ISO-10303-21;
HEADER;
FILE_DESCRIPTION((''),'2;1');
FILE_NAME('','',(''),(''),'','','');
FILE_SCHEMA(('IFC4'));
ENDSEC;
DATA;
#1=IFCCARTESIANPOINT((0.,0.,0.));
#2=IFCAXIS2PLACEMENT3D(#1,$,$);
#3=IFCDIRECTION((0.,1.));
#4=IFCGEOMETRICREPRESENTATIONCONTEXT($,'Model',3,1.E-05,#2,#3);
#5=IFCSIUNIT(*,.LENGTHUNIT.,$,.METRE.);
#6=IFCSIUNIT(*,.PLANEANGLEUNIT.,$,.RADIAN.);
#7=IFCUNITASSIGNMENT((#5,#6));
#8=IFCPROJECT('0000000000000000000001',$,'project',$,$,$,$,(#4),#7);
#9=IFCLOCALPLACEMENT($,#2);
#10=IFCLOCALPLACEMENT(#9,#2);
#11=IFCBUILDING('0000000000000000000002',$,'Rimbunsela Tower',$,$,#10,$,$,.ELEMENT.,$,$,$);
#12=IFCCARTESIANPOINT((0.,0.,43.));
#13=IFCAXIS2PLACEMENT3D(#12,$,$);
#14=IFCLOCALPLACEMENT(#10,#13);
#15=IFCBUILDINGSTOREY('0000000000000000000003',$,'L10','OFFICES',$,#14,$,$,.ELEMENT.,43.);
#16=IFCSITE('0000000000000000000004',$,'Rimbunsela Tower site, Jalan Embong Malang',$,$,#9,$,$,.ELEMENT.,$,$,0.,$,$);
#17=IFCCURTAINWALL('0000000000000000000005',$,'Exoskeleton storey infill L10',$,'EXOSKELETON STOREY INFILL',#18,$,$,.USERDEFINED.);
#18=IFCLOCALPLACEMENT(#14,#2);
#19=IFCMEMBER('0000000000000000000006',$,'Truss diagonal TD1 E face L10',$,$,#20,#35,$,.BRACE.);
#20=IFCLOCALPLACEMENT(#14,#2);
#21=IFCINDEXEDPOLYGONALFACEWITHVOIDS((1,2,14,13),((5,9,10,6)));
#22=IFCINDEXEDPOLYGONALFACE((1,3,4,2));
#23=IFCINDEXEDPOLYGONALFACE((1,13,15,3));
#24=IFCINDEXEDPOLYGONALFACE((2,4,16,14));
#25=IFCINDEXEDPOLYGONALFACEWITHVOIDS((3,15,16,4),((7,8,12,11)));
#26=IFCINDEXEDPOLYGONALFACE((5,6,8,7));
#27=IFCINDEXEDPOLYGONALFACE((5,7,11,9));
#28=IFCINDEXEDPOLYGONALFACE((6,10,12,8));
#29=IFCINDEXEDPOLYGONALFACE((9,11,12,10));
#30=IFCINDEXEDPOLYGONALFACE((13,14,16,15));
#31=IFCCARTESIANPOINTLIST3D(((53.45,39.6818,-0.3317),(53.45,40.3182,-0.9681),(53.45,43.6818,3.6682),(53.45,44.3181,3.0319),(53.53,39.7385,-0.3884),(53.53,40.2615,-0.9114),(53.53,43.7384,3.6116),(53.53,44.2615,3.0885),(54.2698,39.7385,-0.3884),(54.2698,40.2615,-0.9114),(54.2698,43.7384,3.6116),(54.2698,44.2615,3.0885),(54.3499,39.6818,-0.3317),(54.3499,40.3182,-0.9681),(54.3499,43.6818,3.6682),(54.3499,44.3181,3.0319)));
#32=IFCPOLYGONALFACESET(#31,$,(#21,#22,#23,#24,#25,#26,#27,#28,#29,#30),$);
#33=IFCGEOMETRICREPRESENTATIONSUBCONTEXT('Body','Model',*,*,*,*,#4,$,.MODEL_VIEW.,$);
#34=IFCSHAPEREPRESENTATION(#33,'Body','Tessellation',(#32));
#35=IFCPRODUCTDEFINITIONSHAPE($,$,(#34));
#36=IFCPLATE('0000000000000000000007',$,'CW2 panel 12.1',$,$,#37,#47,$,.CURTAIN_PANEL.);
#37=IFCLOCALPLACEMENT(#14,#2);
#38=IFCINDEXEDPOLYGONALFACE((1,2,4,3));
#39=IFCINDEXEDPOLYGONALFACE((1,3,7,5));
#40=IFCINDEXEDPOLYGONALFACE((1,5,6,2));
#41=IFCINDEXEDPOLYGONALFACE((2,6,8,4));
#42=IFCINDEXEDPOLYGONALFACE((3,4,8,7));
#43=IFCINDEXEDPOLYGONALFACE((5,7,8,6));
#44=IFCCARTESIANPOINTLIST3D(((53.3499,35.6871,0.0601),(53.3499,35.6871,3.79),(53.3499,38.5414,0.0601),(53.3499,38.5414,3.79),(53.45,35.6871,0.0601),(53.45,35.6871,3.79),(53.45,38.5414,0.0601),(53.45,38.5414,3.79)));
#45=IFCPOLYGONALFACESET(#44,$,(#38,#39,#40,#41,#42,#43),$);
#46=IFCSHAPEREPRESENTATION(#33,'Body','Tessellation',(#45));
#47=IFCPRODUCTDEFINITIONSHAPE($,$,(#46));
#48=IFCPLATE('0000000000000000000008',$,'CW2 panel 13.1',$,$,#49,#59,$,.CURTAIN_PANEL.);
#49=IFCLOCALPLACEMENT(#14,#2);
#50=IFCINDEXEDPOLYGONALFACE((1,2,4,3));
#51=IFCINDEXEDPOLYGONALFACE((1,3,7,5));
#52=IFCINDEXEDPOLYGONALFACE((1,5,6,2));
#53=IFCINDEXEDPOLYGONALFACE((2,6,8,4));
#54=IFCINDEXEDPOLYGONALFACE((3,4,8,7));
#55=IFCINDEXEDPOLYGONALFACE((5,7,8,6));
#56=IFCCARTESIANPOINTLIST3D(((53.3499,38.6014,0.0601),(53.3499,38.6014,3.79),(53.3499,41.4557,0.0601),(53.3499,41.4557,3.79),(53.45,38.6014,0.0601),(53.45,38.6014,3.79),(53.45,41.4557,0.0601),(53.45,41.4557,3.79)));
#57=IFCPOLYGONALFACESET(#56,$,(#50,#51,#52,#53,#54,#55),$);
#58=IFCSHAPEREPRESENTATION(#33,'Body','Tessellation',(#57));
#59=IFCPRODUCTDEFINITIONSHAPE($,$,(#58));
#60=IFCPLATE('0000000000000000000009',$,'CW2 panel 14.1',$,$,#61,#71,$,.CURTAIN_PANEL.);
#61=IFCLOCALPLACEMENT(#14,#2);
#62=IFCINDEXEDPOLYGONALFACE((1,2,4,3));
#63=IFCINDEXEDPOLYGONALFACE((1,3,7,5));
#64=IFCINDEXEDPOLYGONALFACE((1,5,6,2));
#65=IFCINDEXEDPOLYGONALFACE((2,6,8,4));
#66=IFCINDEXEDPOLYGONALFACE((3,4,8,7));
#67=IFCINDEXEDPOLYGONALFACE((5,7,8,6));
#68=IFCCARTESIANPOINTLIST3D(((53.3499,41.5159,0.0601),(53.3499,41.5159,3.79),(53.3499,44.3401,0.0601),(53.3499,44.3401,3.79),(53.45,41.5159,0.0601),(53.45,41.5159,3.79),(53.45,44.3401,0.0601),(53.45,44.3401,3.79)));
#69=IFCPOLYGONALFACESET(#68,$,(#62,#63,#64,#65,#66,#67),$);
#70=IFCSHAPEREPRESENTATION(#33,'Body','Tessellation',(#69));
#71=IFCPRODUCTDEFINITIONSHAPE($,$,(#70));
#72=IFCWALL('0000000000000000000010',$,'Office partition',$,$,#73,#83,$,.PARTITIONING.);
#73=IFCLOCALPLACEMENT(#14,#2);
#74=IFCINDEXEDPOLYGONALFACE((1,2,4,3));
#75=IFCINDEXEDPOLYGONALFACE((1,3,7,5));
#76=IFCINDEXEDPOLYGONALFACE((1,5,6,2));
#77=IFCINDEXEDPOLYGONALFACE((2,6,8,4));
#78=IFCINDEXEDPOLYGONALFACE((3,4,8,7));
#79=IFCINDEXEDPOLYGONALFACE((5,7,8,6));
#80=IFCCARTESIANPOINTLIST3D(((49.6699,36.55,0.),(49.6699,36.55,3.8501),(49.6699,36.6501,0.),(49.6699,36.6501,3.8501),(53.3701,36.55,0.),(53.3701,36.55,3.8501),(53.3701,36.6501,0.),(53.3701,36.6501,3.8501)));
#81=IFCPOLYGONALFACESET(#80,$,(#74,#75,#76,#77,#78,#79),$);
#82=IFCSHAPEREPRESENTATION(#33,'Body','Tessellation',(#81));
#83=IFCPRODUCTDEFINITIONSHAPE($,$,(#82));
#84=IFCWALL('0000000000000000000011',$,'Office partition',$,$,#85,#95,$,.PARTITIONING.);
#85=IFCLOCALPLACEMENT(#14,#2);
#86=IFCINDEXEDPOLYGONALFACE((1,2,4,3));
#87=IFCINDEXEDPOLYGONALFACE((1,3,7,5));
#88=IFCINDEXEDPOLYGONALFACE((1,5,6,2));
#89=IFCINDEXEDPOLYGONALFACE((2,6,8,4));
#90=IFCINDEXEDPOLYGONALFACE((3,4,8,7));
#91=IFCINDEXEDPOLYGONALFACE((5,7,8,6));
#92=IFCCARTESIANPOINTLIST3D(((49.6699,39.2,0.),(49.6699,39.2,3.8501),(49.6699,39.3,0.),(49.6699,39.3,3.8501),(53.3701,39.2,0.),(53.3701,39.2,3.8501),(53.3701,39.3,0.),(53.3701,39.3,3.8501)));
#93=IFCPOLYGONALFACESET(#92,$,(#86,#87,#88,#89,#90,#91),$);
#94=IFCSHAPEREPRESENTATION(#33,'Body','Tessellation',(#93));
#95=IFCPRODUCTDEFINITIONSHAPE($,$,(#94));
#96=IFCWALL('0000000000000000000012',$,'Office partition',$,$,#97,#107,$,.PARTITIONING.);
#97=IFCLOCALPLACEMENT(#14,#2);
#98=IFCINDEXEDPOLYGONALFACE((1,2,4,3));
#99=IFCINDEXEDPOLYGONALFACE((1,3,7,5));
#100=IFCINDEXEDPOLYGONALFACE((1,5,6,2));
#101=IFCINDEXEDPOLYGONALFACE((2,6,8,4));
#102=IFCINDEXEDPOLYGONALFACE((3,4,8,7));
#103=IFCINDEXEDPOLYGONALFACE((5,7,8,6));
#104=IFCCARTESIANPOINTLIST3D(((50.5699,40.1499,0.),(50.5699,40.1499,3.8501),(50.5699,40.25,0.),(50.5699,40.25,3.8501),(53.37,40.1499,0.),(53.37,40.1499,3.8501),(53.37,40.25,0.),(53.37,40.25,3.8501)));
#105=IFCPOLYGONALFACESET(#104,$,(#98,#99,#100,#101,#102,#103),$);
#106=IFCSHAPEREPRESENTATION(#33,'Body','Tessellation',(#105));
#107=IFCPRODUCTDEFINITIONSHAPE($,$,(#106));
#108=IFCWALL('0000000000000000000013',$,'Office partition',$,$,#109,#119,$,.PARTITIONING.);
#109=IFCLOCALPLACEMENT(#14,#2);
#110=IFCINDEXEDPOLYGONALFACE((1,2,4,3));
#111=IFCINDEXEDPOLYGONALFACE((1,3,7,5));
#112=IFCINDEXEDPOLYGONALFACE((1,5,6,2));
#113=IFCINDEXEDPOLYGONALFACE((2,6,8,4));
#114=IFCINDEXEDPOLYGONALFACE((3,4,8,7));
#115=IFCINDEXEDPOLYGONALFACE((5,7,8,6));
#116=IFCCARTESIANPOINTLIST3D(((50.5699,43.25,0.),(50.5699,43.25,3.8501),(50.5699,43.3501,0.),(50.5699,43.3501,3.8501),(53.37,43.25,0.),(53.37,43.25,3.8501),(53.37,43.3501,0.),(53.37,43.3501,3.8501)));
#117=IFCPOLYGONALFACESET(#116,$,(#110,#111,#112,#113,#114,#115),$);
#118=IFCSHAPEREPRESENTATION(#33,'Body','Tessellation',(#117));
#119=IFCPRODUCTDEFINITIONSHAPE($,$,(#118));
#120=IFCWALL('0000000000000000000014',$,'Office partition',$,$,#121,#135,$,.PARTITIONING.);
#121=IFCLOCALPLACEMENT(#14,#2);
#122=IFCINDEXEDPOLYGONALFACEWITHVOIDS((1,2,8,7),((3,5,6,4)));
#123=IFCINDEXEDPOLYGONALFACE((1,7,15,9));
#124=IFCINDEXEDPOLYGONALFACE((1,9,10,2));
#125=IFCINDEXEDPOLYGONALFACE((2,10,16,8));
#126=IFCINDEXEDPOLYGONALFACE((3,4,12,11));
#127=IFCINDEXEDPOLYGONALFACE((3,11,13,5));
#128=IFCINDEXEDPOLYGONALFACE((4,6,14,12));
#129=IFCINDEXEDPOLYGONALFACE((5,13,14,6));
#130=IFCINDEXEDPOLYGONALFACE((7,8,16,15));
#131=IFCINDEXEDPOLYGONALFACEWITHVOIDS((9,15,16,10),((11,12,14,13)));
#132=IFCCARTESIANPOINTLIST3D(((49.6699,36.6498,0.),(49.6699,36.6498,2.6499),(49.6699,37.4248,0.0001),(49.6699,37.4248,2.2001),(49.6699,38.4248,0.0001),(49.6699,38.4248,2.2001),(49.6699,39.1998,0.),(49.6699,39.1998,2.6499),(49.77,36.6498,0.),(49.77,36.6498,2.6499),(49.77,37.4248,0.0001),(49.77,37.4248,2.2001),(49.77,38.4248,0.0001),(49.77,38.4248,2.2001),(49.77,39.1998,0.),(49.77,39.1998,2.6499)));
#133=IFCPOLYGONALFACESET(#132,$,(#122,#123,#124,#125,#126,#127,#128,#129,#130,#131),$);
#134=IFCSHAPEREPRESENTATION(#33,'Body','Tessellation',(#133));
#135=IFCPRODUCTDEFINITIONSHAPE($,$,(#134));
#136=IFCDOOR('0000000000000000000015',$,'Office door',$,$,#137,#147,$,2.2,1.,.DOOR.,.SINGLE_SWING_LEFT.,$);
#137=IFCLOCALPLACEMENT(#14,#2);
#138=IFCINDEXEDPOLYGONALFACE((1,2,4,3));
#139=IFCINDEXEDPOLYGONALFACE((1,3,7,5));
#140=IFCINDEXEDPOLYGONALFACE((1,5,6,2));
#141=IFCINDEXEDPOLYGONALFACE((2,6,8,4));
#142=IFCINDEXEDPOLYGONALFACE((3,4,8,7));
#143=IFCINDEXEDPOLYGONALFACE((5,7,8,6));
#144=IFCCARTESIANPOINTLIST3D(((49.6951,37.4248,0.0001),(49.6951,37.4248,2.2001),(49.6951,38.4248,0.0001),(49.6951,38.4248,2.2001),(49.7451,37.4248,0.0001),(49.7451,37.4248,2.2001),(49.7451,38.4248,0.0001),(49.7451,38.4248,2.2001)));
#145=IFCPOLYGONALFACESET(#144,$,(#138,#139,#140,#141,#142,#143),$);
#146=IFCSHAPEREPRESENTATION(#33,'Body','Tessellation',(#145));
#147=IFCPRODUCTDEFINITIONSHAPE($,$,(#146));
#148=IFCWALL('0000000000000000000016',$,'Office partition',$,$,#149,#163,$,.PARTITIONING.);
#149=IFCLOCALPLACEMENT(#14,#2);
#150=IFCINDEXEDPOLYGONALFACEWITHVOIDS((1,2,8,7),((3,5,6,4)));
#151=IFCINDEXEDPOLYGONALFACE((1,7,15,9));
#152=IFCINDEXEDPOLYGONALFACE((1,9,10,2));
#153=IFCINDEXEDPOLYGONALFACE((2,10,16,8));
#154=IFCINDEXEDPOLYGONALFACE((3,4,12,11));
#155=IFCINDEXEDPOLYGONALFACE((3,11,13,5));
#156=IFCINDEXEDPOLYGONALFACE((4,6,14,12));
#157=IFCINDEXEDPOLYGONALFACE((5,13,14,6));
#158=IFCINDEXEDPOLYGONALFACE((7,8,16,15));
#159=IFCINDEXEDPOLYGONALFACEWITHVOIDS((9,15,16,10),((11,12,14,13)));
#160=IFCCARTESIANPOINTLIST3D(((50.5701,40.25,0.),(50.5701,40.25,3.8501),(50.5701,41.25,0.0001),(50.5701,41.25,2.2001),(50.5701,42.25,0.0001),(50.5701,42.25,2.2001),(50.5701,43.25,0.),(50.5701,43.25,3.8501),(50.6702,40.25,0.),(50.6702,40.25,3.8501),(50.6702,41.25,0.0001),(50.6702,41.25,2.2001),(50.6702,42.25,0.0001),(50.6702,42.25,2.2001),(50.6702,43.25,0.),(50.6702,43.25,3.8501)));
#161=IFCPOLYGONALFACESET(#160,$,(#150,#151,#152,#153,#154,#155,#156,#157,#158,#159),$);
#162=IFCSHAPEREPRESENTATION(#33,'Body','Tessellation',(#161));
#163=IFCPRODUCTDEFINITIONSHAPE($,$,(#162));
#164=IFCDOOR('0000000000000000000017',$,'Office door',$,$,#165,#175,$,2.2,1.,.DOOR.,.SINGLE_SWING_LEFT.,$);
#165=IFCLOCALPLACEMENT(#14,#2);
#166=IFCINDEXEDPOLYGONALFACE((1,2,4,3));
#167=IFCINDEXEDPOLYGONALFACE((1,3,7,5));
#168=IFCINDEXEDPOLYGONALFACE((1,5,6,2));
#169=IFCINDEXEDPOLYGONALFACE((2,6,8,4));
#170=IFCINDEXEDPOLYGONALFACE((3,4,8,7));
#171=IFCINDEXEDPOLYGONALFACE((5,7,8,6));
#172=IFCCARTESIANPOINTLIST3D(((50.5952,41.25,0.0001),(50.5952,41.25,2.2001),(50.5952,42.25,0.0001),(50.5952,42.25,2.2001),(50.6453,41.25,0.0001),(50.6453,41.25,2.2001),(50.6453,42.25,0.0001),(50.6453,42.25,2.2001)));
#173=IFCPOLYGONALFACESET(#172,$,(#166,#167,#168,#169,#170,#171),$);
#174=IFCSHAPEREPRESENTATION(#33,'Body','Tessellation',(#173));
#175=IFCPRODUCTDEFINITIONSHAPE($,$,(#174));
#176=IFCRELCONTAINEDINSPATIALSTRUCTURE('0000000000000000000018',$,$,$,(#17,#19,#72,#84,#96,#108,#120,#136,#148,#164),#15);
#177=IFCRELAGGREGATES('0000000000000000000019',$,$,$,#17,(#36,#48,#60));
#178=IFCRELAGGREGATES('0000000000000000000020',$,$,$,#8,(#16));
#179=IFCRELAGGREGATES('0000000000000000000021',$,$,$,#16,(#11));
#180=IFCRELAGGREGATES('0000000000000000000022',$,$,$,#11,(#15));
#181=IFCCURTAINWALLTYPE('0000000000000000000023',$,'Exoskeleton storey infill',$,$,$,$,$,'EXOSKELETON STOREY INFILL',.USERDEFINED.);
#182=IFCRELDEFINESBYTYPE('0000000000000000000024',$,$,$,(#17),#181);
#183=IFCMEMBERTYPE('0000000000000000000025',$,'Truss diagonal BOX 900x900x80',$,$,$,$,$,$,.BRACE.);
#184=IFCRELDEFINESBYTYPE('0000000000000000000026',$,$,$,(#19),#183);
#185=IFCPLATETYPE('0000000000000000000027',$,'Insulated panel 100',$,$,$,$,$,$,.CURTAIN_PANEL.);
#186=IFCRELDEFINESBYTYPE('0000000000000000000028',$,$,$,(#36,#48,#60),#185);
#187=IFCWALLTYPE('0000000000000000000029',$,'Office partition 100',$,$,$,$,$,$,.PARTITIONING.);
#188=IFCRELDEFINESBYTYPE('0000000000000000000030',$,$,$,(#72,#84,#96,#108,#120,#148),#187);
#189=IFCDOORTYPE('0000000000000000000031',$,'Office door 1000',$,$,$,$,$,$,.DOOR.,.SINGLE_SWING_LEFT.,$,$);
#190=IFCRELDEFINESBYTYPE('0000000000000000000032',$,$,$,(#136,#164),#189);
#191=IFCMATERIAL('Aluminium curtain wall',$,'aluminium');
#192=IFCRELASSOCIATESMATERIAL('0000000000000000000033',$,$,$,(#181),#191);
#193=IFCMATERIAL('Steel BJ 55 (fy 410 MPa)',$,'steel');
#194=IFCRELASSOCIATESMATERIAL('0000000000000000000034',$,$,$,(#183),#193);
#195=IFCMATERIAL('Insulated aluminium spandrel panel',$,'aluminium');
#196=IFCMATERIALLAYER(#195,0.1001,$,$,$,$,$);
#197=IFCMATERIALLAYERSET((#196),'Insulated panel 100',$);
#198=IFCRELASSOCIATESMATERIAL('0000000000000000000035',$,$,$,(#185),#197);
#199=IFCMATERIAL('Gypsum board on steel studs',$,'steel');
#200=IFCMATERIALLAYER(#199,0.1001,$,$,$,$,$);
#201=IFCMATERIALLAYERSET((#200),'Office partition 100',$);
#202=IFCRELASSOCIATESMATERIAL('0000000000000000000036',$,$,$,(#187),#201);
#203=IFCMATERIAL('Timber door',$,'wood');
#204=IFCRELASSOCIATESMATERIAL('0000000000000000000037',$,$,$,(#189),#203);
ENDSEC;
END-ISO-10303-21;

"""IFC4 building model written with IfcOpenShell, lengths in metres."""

from ifc_helpers import new_model, si_unit, direction, frame, frame_2d, origin, origin_2d, place, context, subcontext, project, spatial, rectangle, hollow_rectangle, extrude, material, layer, layer_set, material_profile, profile_set, type_object, element, fill, aggregate, save


model = new_model("IFC4")

# Units and contexts
model_context = context("Model", 3, precision=1e-05, world=origin(), true_north=direction((0.0, 1.0)))
body_context = subcontext(model_context, "Body", "Model", "MODEL_VIEW")
ifc_project = project(units=[si_unit("LENGTHUNIT", "METRE"), si_unit("PLANEANGLEUNIT", "RADIAN")], contexts=[model_context])

# Site, building, storey
site_placement = place(None, origin())
site = spatial("IfcSite", under=ifc_project, at=site_placement, Name="Rimbunsela Tower site, Jalan Embong Malang", CompositionType="ELEMENT", RefElevation=0.0)
building_placement = place(site_placement, origin())
building = spatial("IfcBuilding", under=site, at=building_placement, Name="Rimbunsela Tower", CompositionType="ELEMENT")
storey_placement = place(building_placement, frame((0.0, 0.0, 43.0)))
storey = spatial("IfcBuildingStorey", under=building, at=storey_placement, Name="L10", Description="OFFICES", CompositionType="ELEMENT", Elevation=43.0)

# Curtain wall
ifc_material_1 = material(Name="Aluminium curtain wall", Category="aluminium")
curtain_wall_type = type_object("IfcCurtainWallType", Name="Exoskeleton storey infill", ElementType="EXOSKELETON STOREY INFILL", PredefinedType="USERDEFINED", material=ifc_material_1)
curtain_wall_placement = place(storey_placement, origin())
curtain_wall = element("IfcCurtainWall", 1, at=curtain_wall_placement, inside=storey, type_object=curtain_wall_type, Name="Exoskeleton storey infill L10", ObjectType="EXOSKELETON STOREY INFILL", PredefinedType="USERDEFINED")

# Member
ifc_material_2 = material(Name="Steel BJ 55 (fy 410 MPa)", Category="steel")
ifc_material_profile_1 = material_profile(ifc_material_2, hollow_rectangle(XDim=0.8999, YDim=0.8999, WallThickness=0.0801, at=origin_2d()), Name="BOX 900x900x80")
ifc_profile_set_1 = profile_set([ifc_material_profile_1], Name="Steel BJ 55 (fy 410 MPa)")
member_type_1 = type_object("IfcMemberType", Name="Truss diagonal BOX 900x900x80", PredefinedType="BRACE", material=ifc_profile_set_1)
member_1_placement = place(storey_placement, frame((53.8999, 40.0, -0.6499), z_axis=(0.0, 0.707107, 0.707107), x_axis=(-1.0, 0.0, 0.0)))
element("IfcMember", 2, at=member_1_placement, inside=storey, type_object=member_type_1, Name="Truss diagonal TD1 E face L10", PredefinedType="BRACE", context=body_context, shape_type="SweptSolid", body=[
    extrude(hollow_rectangle(XDim=0.8999, YDim=0.8999, WallThickness=0.0801, at=origin_2d()), origin(), (0.0, 0.0, 1.0), 5.6567),
])

# Plates
ifc_material_3 = material(Name="Insulated aluminium spandrel panel", Category="aluminium")
ifc_layer_1 = layer(ifc_material_3, 0.1001)
ifc_layer_set_1 = layer_set([ifc_layer_1], Name="Insulated panel 100")
plate_type = type_object("IfcPlateType", Name="Insulated panel 100", PredefinedType="CURTAIN_PANEL", material=ifc_layer_set_1)
plate_1_placement = place(storey_placement, frame((53.3999, 37.1143, 0.0601), z_axis=(0.0, 0.0, 1.0), x_axis=(0.0, 1.0, 0.0)))
plate_1 = element("IfcPlate", 3, at=plate_1_placement, type_object=plate_type, Name="CW2 panel 12.1", PredefinedType="CURTAIN_PANEL", context=body_context, shape_type="SweptSolid", body=[
    extrude(rectangle(XDim=2.8542, YDim=0.1001, at=origin_2d()), origin(), (0.0, 0.0, 1.0), 3.73),
])
plate_2_placement = place(storey_placement, frame((53.3999, 40.0286, 0.0601), z_axis=(0.0, 0.0, 1.0), x_axis=(0.0, 1.0, 0.0)))
plate_2 = element("IfcPlate", 4, at=plate_2_placement, type_object=plate_type, Name="CW2 panel 13.1", PredefinedType="CURTAIN_PANEL", context=body_context, shape_type="SweptSolid", body=[
    extrude(rectangle(XDim=2.8542, YDim=0.1001, at=origin_2d()), origin(), (0.0, 0.0, 1.0), 3.73),
])
plate_3_placement = place(storey_placement, frame((53.3999, 42.928, 0.0601), z_axis=(0.0, 0.0, 1.0), x_axis=(0.0, 1.0, 0.0)))
plate_3 = element("IfcPlate", 5, at=plate_3_placement, type_object=plate_type, Name="CW2 panel 14.1", PredefinedType="CURTAIN_PANEL", context=body_context, shape_type="SweptSolid", body=[
    extrude(rectangle(XDim=2.8242, YDim=0.1001, at=origin_2d()), origin(), (0.0, 0.0, 1.0), 3.73),
])
aggregate(curtain_wall, [plate_1, plate_2, plate_3])

# Walls
ifc_material_4 = material(Name="Gypsum board on steel studs", Category="steel")
ifc_layer_2 = layer(ifc_material_4, 0.1001)
ifc_layer_set_2 = layer_set([ifc_layer_2], Name="Office partition 100")
wall_type = type_object("IfcWallType", Name="Office partition 100", PredefinedType="PARTITIONING", material=ifc_layer_set_2)
for number, where, z_axis, x_axis, name in (
    (6, (49.6699, 36.6001, 0.0), (0.0, 0.0, 1.0), (1.0, 0.0, 0.0), "Office partition"),
    (7, (49.6699, 39.25, 0.0), (0.0, 0.0, 1.0), (1.0, 0.0, 0.0), "Office partition"),
):
    element("IfcWall", number, at=place(storey_placement, frame(where, z_axis=z_axis, x_axis=x_axis)), inside=storey, type_object=wall_type, Name=name, PredefinedType="PARTITIONING", context=body_context, shape_type="SweptSolid", body=[
        extrude(rectangle(XDim=3.7002, YDim=0.1001, at=frame_2d((1.8501, 0.0))), origin(), (0.0, 0.0, 1.0), 3.8501),
    ])
for number, where, z_axis, x_axis, name in (
    (8, (50.5701, 40.2, 0.0), (0.0, 0.0, 1.0), (1.0, 0.0, 0.0), "Office partition"),
    (9, (50.5701, 43.3, 0.0), (0.0, 0.0, 1.0), (1.0, 0.0, 0.0), "Office partition"),
):
    element("IfcWall", number, at=place(storey_placement, frame(where, z_axis=z_axis, x_axis=x_axis)), inside=storey, type_object=wall_type, Name=name, PredefinedType="PARTITIONING", context=body_context, shape_type="SweptSolid", body=[
        extrude(rectangle(XDim=2.8, YDim=0.1001, at=frame_2d((1.3999, 0.0))), origin(), (0.0, 0.0, 1.0), 3.8501),
    ])

# Walls, openings, doors
wall_1_placement = place(storey_placement, frame((49.72, 36.6499, 0.0), z_axis=(0.0, 0.0, 1.0), x_axis=(0.0, 1.0, 0.0)))
wall_1 = element("IfcWall", 10, at=wall_1_placement, inside=storey, type_object=wall_type, Name="Office partition", PredefinedType="PARTITIONING", context=body_context, shape_type="SweptSolid", body=[
    extrude(rectangle(XDim=2.55, YDim=0.1001, at=frame_2d((1.2749, 0.0))), origin(), (0.0, 0.0, 1.0), 2.6499),
])
opening_1_placement = place(wall_1_placement, frame((0.7749, 0.0, 0.0)))
opening_1 = element("IfcOpeningElement", 11, at=opening_1_placement, cuts=wall_1, PredefinedType="OPENING", context=body_context, shape_type="SweptSolid", body=[
    extrude(rectangle(XDim=1.0, YDim=2.2, at=frame_2d((0.5, 1.1001))), frame((0.0, 0.0601, 0.0), z_axis=(0.0, -1.0, 0.0), x_axis=(1.0, 0.0, 0.0)), (0.0, 0.0, 1.0), 0.1201),
])
ifc_material_5 = material(Name="Timber door", Category="wood")
door_type_1 = type_object("IfcDoorType", Name="Office door 1000", OperationType="SINGLE_SWING_LEFT", PredefinedType="DOOR", material=ifc_material_5)
door_1_placement = place(opening_1_placement, origin())
door_1 = element("IfcDoor", 12, at=door_1_placement, inside=storey, type_object=door_type_1, Name="Office door", OperationType="SINGLE_SWING_LEFT", OverallHeight=2.2, OverallWidth=1.0, PredefinedType="DOOR", context=body_context, shape_type="SweptSolid", body=[
    extrude(rectangle(XDim=1.0, YDim=2.2, at=frame_2d((0.5, 1.1001))), frame((0.0, 0.0249, 0.0), z_axis=(0.0, -1.0, 0.0), x_axis=(1.0, 0.0, 0.0)), (0.0, 0.0, 1.0), 0.05),
])
fill(opening_1, door_1)
wall_2_placement = place(storey_placement, frame((50.6201, 40.25, 0.0), z_axis=(0.0, 0.0, 1.0), x_axis=(0.0, 1.0, 0.0)))
wall_2 = element("IfcWall", 13, at=wall_2_placement, inside=storey, type_object=wall_type, Name="Office partition", PredefinedType="PARTITIONING", context=body_context, shape_type="SweptSolid", body=[
    extrude(rectangle(XDim=3.0, YDim=0.1001, at=frame_2d((1.5, 0.0))), origin(), (0.0, 0.0, 1.0), 3.8501),
])
opening_2_placement = place(wall_2_placement, frame((1.0, 0.0, 0.0)))
opening_2 = element("IfcOpeningElement", 14, at=opening_2_placement, cuts=wall_2, PredefinedType="OPENING", context=body_context, shape_type="SweptSolid", body=[
    extrude(rectangle(XDim=1.0, YDim=2.2, at=frame_2d((0.5, 1.1001))), frame((0.0, 0.0601, 0.0), z_axis=(0.0, -1.0, 0.0), x_axis=(1.0, 0.0, 0.0)), (0.0, 0.0, 1.0), 0.1201),
])
door_2_placement = place(opening_2_placement, origin())
door_2 = element("IfcDoor", 15, at=door_2_placement, inside=storey, type_object=door_type_1, Name="Office door", OperationType="SINGLE_SWING_LEFT", OverallHeight=2.2, OverallWidth=1.0, PredefinedType="DOOR", context=body_context, shape_type="SweptSolid", body=[
    extrude(rectangle(XDim=1.0, YDim=2.2, at=frame_2d((0.5, 1.1001))), frame((0.0, 0.0249, 0.0), z_axis=(0.0, -1.0, 0.0), x_axis=(1.0, 0.0, 0.0)), (0.0, 0.0, 1.0), 0.05),
])
fill(opening_2, door_2)

save(model, "model.ifc")
